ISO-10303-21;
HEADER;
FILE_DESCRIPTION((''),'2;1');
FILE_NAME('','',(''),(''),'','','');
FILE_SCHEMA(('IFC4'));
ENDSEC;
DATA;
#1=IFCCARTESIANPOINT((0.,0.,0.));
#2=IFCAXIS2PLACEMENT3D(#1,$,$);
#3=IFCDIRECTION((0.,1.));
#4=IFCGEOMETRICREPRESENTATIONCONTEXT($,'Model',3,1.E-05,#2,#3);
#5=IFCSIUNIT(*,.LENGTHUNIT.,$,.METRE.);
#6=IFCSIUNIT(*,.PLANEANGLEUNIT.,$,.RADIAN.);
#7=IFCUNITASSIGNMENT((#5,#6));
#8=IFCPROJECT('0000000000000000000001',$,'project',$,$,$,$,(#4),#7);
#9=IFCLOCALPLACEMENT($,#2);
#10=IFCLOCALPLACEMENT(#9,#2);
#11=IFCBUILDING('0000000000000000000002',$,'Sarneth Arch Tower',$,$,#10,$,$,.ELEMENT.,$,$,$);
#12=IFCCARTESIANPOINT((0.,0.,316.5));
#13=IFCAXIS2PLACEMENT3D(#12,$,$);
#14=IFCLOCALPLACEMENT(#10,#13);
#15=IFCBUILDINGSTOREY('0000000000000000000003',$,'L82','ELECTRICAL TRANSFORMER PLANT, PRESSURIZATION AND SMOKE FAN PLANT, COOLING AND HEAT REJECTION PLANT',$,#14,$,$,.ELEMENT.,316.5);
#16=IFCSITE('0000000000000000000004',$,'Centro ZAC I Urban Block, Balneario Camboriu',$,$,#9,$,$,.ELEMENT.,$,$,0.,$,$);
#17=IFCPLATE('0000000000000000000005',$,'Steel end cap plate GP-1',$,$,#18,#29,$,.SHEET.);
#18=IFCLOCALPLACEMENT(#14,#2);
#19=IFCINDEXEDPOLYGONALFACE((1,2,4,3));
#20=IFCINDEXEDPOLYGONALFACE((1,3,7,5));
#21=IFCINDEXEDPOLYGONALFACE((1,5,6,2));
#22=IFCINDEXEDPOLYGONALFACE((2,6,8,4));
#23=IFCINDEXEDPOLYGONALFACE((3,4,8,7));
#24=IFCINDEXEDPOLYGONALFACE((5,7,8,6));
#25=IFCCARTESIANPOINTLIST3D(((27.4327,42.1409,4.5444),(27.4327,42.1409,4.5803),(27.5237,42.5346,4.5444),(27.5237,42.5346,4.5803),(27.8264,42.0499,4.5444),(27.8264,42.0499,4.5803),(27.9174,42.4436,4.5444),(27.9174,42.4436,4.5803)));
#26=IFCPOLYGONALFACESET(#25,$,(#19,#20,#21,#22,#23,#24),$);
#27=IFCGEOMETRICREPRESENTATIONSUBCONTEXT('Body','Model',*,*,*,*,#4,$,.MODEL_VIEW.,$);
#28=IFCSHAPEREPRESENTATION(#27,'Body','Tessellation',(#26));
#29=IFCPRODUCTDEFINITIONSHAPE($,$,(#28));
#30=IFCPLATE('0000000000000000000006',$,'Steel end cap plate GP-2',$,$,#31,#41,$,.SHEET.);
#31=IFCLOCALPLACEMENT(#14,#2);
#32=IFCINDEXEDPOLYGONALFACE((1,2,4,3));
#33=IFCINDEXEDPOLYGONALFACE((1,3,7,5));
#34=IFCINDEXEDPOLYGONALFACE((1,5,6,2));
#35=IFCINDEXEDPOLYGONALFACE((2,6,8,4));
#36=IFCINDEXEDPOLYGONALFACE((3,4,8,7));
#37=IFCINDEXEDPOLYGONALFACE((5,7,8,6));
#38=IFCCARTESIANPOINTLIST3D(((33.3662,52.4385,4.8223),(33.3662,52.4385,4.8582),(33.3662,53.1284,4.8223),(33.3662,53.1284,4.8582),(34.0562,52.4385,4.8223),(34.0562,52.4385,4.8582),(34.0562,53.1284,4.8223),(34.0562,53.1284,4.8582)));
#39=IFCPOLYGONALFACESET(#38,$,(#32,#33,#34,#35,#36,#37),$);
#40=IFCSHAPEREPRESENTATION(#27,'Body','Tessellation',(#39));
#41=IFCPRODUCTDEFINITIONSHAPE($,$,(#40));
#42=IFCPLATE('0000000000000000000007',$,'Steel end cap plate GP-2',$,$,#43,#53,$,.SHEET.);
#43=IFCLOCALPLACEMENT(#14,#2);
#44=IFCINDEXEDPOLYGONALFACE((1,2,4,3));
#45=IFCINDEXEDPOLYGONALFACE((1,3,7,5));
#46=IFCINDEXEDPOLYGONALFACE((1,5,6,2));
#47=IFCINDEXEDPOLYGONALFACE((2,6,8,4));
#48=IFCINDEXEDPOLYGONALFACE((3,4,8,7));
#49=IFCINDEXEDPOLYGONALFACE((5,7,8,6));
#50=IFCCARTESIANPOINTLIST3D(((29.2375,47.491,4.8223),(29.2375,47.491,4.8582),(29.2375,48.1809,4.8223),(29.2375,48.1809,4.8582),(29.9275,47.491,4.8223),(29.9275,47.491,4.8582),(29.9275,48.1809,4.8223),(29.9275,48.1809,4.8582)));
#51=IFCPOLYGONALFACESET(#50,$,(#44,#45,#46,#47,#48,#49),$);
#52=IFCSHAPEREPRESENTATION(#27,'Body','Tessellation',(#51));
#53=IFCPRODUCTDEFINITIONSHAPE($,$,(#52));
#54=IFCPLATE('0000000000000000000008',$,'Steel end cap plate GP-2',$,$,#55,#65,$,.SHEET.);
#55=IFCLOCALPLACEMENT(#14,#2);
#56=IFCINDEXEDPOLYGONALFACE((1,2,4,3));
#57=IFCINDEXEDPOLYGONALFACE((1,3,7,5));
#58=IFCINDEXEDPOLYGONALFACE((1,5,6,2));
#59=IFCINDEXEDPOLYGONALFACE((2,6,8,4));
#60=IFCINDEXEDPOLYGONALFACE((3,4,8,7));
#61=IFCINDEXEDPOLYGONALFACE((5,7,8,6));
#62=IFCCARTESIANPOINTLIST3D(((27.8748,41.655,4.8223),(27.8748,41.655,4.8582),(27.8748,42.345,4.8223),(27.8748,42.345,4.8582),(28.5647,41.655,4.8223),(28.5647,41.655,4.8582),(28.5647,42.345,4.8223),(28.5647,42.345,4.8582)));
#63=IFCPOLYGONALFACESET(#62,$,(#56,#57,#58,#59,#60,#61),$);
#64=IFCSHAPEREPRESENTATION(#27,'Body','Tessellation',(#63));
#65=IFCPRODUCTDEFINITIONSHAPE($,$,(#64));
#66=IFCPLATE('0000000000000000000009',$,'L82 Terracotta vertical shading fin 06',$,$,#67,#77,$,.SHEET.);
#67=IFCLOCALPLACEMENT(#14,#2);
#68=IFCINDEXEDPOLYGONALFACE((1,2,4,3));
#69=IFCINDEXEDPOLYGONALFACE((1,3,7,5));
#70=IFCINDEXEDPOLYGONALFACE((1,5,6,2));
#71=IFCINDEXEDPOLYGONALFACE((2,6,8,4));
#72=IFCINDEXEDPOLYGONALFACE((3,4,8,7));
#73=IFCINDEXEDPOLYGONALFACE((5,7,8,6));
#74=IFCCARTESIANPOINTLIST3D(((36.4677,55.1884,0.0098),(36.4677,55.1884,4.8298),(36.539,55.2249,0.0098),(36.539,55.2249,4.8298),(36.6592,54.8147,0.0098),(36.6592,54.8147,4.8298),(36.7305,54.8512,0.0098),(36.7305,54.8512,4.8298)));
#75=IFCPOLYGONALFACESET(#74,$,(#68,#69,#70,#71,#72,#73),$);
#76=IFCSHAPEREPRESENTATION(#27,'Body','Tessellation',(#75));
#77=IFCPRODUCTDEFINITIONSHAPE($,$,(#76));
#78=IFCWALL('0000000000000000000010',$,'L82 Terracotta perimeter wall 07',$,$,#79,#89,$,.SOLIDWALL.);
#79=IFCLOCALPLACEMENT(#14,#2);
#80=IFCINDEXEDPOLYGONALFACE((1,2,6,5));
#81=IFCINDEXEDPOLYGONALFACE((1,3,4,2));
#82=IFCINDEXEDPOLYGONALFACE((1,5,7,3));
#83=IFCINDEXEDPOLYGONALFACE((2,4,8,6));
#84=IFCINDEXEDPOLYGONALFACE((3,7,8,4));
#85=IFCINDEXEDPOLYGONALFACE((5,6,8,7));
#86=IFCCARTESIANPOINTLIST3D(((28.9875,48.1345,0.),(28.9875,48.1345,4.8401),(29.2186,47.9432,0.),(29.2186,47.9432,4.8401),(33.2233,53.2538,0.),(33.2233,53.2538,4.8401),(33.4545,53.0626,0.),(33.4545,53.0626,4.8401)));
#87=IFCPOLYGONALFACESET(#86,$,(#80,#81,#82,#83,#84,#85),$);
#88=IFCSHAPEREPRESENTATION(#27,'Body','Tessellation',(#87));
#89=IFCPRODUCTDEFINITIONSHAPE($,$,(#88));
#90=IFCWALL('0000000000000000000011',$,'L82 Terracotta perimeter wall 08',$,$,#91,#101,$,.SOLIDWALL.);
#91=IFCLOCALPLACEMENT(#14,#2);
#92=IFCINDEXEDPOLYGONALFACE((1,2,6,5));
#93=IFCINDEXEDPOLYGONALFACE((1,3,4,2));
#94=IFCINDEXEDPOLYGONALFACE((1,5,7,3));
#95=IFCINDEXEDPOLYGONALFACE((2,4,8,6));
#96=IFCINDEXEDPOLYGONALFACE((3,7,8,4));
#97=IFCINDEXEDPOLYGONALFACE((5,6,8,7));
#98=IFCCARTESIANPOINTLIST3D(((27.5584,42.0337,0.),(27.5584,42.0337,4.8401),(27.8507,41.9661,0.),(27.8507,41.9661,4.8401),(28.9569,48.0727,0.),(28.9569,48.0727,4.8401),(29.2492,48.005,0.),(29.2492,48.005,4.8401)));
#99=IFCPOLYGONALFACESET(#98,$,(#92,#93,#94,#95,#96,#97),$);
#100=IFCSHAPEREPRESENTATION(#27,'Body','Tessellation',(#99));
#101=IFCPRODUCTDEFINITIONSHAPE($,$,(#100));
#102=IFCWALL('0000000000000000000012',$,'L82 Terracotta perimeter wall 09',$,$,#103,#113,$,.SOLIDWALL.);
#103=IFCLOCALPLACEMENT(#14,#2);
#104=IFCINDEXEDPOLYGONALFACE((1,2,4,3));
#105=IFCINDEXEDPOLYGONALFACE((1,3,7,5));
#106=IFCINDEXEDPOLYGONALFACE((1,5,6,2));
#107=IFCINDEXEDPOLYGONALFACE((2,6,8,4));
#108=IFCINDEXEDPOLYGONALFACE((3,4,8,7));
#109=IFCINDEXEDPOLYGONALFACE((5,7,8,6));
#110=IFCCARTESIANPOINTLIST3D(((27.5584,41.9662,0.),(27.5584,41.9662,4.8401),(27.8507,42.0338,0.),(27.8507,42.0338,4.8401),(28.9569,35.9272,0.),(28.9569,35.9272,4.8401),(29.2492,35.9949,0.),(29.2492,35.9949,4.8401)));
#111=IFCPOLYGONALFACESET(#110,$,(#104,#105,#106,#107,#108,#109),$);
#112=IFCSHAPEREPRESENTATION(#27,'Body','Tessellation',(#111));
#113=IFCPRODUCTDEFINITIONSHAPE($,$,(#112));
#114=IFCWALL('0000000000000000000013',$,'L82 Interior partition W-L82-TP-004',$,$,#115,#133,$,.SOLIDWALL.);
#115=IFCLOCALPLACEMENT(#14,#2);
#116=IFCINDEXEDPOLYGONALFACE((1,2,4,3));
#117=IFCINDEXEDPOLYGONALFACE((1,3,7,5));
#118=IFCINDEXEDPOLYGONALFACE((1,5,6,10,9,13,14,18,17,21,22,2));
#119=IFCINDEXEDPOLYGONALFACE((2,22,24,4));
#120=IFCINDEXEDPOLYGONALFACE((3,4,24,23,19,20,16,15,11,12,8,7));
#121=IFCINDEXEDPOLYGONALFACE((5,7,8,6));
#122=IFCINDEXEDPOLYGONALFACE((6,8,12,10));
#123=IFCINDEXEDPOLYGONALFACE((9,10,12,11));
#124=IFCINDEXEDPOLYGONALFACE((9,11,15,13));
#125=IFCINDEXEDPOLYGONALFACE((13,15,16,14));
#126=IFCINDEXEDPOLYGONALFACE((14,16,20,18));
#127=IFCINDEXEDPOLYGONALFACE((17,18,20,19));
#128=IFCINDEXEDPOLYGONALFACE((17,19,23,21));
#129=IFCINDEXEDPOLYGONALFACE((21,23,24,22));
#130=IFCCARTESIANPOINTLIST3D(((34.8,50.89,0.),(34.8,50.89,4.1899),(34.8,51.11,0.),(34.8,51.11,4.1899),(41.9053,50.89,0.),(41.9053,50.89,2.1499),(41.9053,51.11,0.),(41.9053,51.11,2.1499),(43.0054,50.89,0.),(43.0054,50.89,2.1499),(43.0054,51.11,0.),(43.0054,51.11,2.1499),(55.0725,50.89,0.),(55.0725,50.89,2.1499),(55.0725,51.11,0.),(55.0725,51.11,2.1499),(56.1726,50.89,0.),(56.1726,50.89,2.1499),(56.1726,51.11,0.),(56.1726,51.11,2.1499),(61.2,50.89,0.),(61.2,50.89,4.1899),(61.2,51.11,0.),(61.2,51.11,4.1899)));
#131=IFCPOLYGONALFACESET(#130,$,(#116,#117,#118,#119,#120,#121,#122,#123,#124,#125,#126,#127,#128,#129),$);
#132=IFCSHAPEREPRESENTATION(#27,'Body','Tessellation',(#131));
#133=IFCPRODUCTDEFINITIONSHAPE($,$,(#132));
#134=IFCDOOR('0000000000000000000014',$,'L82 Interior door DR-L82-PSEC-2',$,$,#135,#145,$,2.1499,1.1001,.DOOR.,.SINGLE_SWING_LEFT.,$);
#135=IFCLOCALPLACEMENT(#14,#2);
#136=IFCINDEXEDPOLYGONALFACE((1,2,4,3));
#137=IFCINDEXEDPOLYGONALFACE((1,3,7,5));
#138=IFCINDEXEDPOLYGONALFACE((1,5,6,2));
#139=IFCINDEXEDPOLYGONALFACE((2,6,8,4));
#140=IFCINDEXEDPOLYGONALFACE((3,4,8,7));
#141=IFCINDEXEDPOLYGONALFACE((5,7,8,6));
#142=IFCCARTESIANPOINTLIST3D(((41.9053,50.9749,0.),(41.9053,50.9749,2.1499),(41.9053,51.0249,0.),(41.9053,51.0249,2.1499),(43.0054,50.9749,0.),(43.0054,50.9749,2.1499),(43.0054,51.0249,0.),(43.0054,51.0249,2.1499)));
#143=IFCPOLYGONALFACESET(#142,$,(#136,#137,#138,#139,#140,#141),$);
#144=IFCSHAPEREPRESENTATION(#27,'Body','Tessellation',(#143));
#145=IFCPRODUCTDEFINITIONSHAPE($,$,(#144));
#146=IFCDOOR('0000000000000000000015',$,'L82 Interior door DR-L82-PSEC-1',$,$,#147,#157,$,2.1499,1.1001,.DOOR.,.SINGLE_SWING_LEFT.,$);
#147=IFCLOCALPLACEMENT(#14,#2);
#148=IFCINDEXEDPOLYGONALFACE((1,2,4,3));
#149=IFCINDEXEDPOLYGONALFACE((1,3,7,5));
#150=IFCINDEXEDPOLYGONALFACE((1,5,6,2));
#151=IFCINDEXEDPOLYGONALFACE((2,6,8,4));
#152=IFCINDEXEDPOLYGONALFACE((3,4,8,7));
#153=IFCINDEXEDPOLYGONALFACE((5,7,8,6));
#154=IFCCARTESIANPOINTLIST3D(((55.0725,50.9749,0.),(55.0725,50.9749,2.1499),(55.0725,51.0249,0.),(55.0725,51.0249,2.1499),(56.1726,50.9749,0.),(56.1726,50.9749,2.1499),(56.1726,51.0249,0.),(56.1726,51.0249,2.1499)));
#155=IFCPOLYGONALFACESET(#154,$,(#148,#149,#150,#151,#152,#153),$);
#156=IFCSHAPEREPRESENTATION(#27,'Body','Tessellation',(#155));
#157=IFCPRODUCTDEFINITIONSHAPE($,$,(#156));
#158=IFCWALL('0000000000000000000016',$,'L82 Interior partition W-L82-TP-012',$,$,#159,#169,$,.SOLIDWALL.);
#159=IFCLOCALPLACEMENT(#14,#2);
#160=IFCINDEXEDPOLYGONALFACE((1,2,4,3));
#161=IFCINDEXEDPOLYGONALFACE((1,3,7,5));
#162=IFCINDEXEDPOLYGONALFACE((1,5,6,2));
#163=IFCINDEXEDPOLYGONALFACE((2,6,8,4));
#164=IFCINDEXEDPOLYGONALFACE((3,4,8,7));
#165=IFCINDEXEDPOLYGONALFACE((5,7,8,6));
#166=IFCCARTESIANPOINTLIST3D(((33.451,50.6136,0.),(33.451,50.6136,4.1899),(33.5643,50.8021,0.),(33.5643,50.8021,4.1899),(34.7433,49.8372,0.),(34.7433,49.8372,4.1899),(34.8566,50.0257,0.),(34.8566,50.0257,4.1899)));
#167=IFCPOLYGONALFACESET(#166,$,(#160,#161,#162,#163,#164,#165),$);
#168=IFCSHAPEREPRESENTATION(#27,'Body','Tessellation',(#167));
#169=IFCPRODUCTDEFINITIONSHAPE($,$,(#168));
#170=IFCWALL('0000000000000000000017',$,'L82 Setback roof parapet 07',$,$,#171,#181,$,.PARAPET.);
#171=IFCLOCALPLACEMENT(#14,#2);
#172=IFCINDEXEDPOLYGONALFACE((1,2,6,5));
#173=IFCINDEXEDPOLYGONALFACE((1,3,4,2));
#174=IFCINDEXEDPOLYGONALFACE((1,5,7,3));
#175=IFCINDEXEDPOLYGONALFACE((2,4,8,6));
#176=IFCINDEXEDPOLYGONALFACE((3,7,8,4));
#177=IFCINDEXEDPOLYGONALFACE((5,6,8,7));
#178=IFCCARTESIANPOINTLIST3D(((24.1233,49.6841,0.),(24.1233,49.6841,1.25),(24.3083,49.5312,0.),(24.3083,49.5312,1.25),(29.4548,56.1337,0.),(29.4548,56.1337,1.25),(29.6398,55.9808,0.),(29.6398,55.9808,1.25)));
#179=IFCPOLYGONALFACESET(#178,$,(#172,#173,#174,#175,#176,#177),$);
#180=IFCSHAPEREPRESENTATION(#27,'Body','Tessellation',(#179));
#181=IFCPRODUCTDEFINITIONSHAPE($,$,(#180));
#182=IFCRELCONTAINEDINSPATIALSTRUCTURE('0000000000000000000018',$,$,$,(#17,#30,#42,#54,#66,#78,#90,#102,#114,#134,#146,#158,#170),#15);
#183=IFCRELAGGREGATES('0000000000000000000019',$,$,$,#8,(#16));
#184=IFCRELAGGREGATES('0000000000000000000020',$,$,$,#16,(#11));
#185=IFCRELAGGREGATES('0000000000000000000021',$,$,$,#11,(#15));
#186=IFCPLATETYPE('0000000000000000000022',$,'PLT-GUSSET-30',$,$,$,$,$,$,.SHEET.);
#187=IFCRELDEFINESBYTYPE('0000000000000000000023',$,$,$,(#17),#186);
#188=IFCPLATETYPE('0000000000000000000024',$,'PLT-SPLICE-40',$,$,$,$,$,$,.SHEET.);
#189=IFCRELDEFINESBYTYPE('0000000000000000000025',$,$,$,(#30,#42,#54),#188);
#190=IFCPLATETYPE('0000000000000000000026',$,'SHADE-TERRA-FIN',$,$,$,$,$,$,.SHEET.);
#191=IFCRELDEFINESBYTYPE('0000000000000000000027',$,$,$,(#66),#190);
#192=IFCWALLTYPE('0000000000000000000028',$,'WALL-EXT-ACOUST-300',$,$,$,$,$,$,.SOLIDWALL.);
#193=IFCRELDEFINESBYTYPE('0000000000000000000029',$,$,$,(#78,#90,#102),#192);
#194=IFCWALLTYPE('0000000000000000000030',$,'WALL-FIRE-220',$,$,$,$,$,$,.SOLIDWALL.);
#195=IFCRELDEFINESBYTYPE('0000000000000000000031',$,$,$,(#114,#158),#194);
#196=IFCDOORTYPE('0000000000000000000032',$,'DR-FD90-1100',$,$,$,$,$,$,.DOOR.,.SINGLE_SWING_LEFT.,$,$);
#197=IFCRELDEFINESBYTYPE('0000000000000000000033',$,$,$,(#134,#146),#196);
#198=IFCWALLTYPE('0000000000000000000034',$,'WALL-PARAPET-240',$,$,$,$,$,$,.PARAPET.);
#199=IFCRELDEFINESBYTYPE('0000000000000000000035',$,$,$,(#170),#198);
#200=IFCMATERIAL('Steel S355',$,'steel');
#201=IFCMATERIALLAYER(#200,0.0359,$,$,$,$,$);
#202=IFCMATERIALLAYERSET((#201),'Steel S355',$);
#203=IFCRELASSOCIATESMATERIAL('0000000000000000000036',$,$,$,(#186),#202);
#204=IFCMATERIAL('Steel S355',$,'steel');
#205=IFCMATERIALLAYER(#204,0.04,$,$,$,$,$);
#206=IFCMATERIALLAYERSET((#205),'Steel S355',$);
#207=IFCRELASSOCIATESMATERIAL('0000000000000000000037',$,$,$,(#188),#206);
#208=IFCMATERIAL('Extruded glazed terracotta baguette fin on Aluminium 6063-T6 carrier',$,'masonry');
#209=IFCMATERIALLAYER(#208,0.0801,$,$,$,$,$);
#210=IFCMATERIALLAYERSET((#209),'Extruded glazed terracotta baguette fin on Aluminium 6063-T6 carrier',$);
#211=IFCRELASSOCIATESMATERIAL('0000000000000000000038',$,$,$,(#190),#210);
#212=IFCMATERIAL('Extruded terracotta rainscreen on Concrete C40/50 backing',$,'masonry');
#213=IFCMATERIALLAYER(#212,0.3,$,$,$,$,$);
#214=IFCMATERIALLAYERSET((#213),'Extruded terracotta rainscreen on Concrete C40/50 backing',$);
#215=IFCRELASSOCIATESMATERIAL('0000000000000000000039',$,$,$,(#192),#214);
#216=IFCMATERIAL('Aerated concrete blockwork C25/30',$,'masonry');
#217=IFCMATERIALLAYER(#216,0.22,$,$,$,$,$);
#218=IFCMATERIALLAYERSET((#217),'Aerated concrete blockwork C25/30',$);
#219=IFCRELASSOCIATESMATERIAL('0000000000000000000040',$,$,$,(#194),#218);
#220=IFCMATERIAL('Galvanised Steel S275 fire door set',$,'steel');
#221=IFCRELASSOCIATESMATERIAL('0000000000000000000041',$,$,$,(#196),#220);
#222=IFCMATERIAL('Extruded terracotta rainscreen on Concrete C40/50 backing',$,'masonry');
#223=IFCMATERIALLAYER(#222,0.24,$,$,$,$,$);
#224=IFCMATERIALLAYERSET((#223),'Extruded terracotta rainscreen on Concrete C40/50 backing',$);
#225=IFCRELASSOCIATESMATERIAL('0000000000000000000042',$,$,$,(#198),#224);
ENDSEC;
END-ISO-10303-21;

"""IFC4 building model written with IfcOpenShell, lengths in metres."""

from ifc_helpers import new_model, si_unit, direction, frame, frame_2d, origin, origin_2d, place, context, subcontext, project, spatial, rectangle, extrude, material, layer, layer_set, type_object, element, fill, save


model = new_model("IFC4")

# Units and contexts
model_context = context("Model", 3, precision=1e-05, world=origin(), true_north=direction((0.0, 1.0)))
body_context = subcontext(model_context, "Body", "Model", "MODEL_VIEW")
ifc_project = project(units=[si_unit("LENGTHUNIT", "METRE"), si_unit("PLANEANGLEUNIT", "RADIAN")], contexts=[model_context])

# Site, building, storey
site_placement = place(None, origin())
site = spatial("IfcSite", under=ifc_project, at=site_placement, Name="Centro ZAC I Urban Block, Balneario Camboriu", CompositionType="ELEMENT", RefElevation=0.0)
building_placement = place(site_placement, origin())
building = spatial("IfcBuilding", under=site, at=building_placement, Name="Sarneth Arch Tower", CompositionType="ELEMENT")
storey_placement = place(building_placement, frame((0.0, 0.0, 316.5)))
storey = spatial("IfcBuildingStorey", under=building, at=storey_placement, Name="L82", Description="ELECTRICAL TRANSFORMER PLANT, PRESSURIZATION AND SMOKE FAN PLANT, COOLING AND HEAT REJECTION PLANT", CompositionType="ELEMENT", Elevation=316.5)

# Plates
ifc_material_1 = material(Name="Steel S355", Category="steel")
ifc_layer_1 = layer(ifc_material_1, 0.0359)
ifc_layer_set_1 = layer_set([ifc_layer_1], Name="Steel S355")
plate_type_1 = type_object("IfcPlateType", Name="PLT-GUSSET-30", PredefinedType="SHEET", material=ifc_layer_set_1)
for number, where, z_axis, x_axis, name in (
    (1, (27.675, 42.2922, 4.5444), (0.0, 0.0, 1.0), (-0.225291, -0.974291, 0.0), "Steel end cap plate GP-1"),
):
    element("IfcPlate", number, at=place(storey_placement, frame(where, z_axis=z_axis, x_axis=x_axis)), inside=storey, type_object=plate_type_1, Name=name, PredefinedType="SHEET", context=body_context, shape_type="SweptSolid", body=[
        extrude(rectangle(XDim=0.4041, YDim=0.4041, at=origin_2d()), origin(), (0.0, 0.0, 1.0), 0.0359),
    ])
ifc_material_2 = material(Name="Steel S355", Category="steel")
ifc_layer_2 = layer(ifc_material_2, 0.04)
ifc_layer_set_2 = layer_set([ifc_layer_2], Name="Steel S355")
plate_type_2 = type_object("IfcPlateType", Name="PLT-SPLICE-40", PredefinedType="SHEET", material=ifc_layer_set_2)
for number, where, z_axis, x_axis, name in (
    (2, (33.7112, 52.7834, 4.8223), (0.0, 0.0, 1.0), (1.0, 0.0, 0.0), "Steel end cap plate GP-2"),
    (3, (29.5825, 47.8359, 4.8223), (0.0, 0.0, 1.0), (1.0, 0.0, 0.0), "Steel end cap plate GP-2"),
    (4, (28.2197, 42.0, 4.8223), (0.0, 0.0, 1.0), (1.0, 0.0, 0.0), "Steel end cap plate GP-2"),
):
    element("IfcPlate", number, at=place(storey_placement, frame(where, z_axis=z_axis, x_axis=x_axis)), inside=storey, type_object=plate_type_2, Name=name, PredefinedType="SHEET", context=body_context, shape_type="SweptSolid", body=[
        extrude(rectangle(XDim=0.6899, YDim=0.6899, at=origin_2d()), origin(), (0.0, 0.0, 1.0), 0.0359),
    ])
ifc_material_3 = material(Name="Extruded glazed terracotta baguette fin on Aluminium 6063-T6 carrier", Category="masonry")
ifc_layer_3 = layer(ifc_material_3, 0.0801)
ifc_layer_set_3 = layer_set([ifc_layer_3], Name="Extruded glazed terracotta baguette fin on Aluminium 6063-T6 carrier")
plate_type_3 = type_object("IfcPlateType", Name="SHADE-TERRA-FIN", PredefinedType="SHEET", material=ifc_layer_set_3)
plate_1_placement = place(storey_placement, frame((36.5991, 55.0198, 0.0098), z_axis=(0.0, 0.0, 1.0), x_axis=(-0.456011, 0.889974, 0.0)))
element("IfcPlate", 5, at=plate_1_placement, inside=storey, type_object=plate_type_3, Name="L82 Terracotta vertical shading fin 06", PredefinedType="SHEET", context=body_context, shape_type="SweptSolid", body=[
    extrude(rectangle(XDim=0.4199, YDim=0.0801, at=origin_2d()), origin(), (0.0, 0.0, 1.0), 4.8201),
])

# Walls
ifc_material_4 = material(Name="Extruded terracotta rainscreen on Concrete C40/50 backing", Category="masonry")
ifc_layer_4 = layer(ifc_material_4, 0.3)
ifc_layer_set_4 = layer_set([ifc_layer_4], Name="Extruded terracotta rainscreen on Concrete C40/50 backing")
wall_type_1 = type_object("IfcWallType", Name="WALL-EXT-ACOUST-300", PredefinedType="SOLIDWALL", material=ifc_layer_set_4)
wall_1_placement = place(storey_placement, frame((33.3389, 53.1582, 0.0), z_axis=(0.0, 0.0, 1.0), x_axis=(-0.637488, -0.77046, 0.0)))
element("IfcWall", 6, at=wall_1_placement, inside=storey, type_object=wall_type_1, Name="L82 Terracotta perimeter wall 07", PredefinedType="SOLIDWALL", context=body_context, shape_type="SweptSolid", body=[
    extrude(rectangle(XDim=6.6445, YDim=0.3, at=frame_2d((3.3223, 0.0))), origin(), (0.0, 0.0, 1.0), 4.8401),
])
for number, where, z_axis, x_axis, name in (
    (7, (29.103, 48.0388, 0.0), (0.0, 0.0, 1.0), (-0.225604, -0.974219, 0.0), "L82 Terracotta perimeter wall 08"),
    (8, (27.7046, 42.0, 0.0), (0.0, 0.0, 1.0), (0.225604, -0.974219, 0.0), "L82 Terracotta perimeter wall 09"),
):
    element("IfcWall", number, at=place(storey_placement, frame(where, z_axis=z_axis, x_axis=x_axis)), inside=storey, type_object=wall_type_1, Name=name, PredefinedType="SOLIDWALL", context=body_context, shape_type="SweptSolid", body=[
        extrude(rectangle(XDim=6.1987, YDim=0.3, at=frame_2d((3.0994, 0.0))), origin(), (0.0, 0.0, 1.0), 4.8401),
    ])

# Wall, openings, doors
ifc_material_5 = material(Name="Aerated concrete blockwork C25/30", Category="masonry")
ifc_layer_5 = layer(ifc_material_5, 0.22)
ifc_layer_set_5 = layer_set([ifc_layer_5], Name="Aerated concrete blockwork C25/30")
wall_type_2 = type_object("IfcWallType", Name="WALL-FIRE-220", PredefinedType="SOLIDWALL", material=ifc_layer_set_5)
wall_2_placement = place(storey_placement, frame((34.8, 51.0, 0.0), z_axis=(0.0, 0.0, 1.0), x_axis=(1.0, 0.0, 0.0)))
wall_2 = element("IfcWall", 9, at=wall_2_placement, inside=storey, type_object=wall_type_2, Name="L82 Interior partition W-L82-TP-004", PredefinedType="SOLIDWALL", context=body_context, shape_type="SweptSolid", body=[
    extrude(rectangle(XDim=26.3999, YDim=0.22, at=frame_2d((13.2, 0.0))), origin(), (0.0, 0.0, 1.0), 4.1899),
])
opening_1_placement = place(wall_2_placement, frame((7.1052, 0.0, 0.0)))
opening_1 = element("IfcOpeningElement", 10, at=opening_1_placement, cuts=wall_2, PredefinedType="OPENING", context=body_context, shape_type="SweptSolid", body=[
    extrude(rectangle(XDim=1.1001, YDim=2.1499, at=frame_2d((0.55, 1.075))), frame((0.0, 0.1199, 0.0), z_axis=(0.0, -1.0, 0.0), x_axis=(1.0, 0.0, 0.0)), (0.0, 0.0, 1.0), 0.24),
])
opening_2_placement = place(wall_2_placement, frame((20.2725, 0.0, 0.0)))
opening_2 = element("IfcOpeningElement", 11, at=opening_2_placement, cuts=wall_2, PredefinedType="OPENING", context=body_context, shape_type="SweptSolid", body=[
    extrude(rectangle(XDim=1.1001, YDim=2.1499, at=frame_2d((0.55, 1.075))), frame((0.0, 0.1199, 0.0), z_axis=(0.0, -1.0, 0.0), x_axis=(1.0, 0.0, 0.0)), (0.0, 0.0, 1.0), 0.24),
])
ifc_material_6 = material(Name="Galvanised Steel S275 fire door set", Category="steel")
door_type = type_object("IfcDoorType", Name="DR-FD90-1100", OperationType="SINGLE_SWING_LEFT", PredefinedType="DOOR", material=ifc_material_6)
door_1_placement = place(opening_1_placement, origin())
door_1 = element("IfcDoor", 12, at=door_1_placement, inside=storey, type_object=door_type, Name="L82 Interior door DR-L82-PSEC-2", OperationType="SINGLE_SWING_LEFT", OverallHeight=2.1499, OverallWidth=1.1001, PredefinedType="DOOR", context=body_context, shape_type="SweptSolid", body=[
    extrude(rectangle(XDim=1.1001, YDim=2.1499, at=frame_2d((0.55, 1.075))), frame((0.0, 0.0249, 0.0), z_axis=(0.0, -1.0, 0.0), x_axis=(1.0, 0.0, 0.0)), (0.0, 0.0, 1.0), 0.05),
])
fill(opening_1, door_1)
door_2_placement = place(opening_2_placement, origin())
door_2 = element("IfcDoor", 13, at=door_2_placement, inside=storey, type_object=door_type, Name="L82 Interior door DR-L82-PSEC-1", OperationType="SINGLE_SWING_LEFT", OverallHeight=2.1499, OverallWidth=1.1001, PredefinedType="DOOR", context=body_context, shape_type="SweptSolid", body=[
    extrude(rectangle(XDim=1.1001, YDim=2.1499, at=frame_2d((0.55, 1.075))), frame((0.0, 0.0249, 0.0), z_axis=(0.0, -1.0, 0.0), x_axis=(1.0, 0.0, 0.0)), (0.0, 0.0, 1.0), 0.05),
])
fill(opening_2, door_2)

# Walls
wall_3_placement = place(storey_placement, frame((34.8, 49.9314, 0.0), z_axis=(0.0, 0.0, 1.0), x_axis=(-0.857193, 0.514996, 0.0)))
element("IfcWall", 14, at=wall_3_placement, inside=storey, type_object=wall_type_2, Name="L82 Interior partition W-L82-TP-012", PredefinedType="SOLIDWALL", context=body_context, shape_type="SweptSolid", body=[
    extrude(rectangle(XDim=1.5076, YDim=0.22, at=frame_2d((0.7539, 0.0))), origin(), (0.0, 0.0, 1.0), 4.1899),
])
ifc_material_7 = material(Name="Extruded terracotta rainscreen on Concrete C40/50 backing", Category="masonry")
ifc_layer_6 = layer(ifc_material_7, 0.24)
ifc_layer_set_6 = layer_set([ifc_layer_6], Name="Extruded terracotta rainscreen on Concrete C40/50 backing")
wall_type_3 = type_object("IfcWallType", Name="WALL-PARAPET-240", PredefinedType="PARAPET", material=ifc_layer_set_6)
wall_4_placement = place(storey_placement, frame((29.5474, 56.0574, 0.0), z_axis=(0.0, 0.0, 1.0), x_axis=(-0.637132, -0.770755, 0.0)))
element("IfcWall", 15, at=wall_4_placement, inside=storey, type_object=wall_type_3, Name="L82 Setback roof parapet 07", PredefinedType="PARAPET", context=body_context, shape_type="SweptSolid", body=[
    extrude(rectangle(XDim=8.3679, YDim=0.24, at=frame_2d((4.1841, 0.0))), origin(), (0.0, 0.0, 1.0), 1.25),
])

save(model, "model.ifc")
